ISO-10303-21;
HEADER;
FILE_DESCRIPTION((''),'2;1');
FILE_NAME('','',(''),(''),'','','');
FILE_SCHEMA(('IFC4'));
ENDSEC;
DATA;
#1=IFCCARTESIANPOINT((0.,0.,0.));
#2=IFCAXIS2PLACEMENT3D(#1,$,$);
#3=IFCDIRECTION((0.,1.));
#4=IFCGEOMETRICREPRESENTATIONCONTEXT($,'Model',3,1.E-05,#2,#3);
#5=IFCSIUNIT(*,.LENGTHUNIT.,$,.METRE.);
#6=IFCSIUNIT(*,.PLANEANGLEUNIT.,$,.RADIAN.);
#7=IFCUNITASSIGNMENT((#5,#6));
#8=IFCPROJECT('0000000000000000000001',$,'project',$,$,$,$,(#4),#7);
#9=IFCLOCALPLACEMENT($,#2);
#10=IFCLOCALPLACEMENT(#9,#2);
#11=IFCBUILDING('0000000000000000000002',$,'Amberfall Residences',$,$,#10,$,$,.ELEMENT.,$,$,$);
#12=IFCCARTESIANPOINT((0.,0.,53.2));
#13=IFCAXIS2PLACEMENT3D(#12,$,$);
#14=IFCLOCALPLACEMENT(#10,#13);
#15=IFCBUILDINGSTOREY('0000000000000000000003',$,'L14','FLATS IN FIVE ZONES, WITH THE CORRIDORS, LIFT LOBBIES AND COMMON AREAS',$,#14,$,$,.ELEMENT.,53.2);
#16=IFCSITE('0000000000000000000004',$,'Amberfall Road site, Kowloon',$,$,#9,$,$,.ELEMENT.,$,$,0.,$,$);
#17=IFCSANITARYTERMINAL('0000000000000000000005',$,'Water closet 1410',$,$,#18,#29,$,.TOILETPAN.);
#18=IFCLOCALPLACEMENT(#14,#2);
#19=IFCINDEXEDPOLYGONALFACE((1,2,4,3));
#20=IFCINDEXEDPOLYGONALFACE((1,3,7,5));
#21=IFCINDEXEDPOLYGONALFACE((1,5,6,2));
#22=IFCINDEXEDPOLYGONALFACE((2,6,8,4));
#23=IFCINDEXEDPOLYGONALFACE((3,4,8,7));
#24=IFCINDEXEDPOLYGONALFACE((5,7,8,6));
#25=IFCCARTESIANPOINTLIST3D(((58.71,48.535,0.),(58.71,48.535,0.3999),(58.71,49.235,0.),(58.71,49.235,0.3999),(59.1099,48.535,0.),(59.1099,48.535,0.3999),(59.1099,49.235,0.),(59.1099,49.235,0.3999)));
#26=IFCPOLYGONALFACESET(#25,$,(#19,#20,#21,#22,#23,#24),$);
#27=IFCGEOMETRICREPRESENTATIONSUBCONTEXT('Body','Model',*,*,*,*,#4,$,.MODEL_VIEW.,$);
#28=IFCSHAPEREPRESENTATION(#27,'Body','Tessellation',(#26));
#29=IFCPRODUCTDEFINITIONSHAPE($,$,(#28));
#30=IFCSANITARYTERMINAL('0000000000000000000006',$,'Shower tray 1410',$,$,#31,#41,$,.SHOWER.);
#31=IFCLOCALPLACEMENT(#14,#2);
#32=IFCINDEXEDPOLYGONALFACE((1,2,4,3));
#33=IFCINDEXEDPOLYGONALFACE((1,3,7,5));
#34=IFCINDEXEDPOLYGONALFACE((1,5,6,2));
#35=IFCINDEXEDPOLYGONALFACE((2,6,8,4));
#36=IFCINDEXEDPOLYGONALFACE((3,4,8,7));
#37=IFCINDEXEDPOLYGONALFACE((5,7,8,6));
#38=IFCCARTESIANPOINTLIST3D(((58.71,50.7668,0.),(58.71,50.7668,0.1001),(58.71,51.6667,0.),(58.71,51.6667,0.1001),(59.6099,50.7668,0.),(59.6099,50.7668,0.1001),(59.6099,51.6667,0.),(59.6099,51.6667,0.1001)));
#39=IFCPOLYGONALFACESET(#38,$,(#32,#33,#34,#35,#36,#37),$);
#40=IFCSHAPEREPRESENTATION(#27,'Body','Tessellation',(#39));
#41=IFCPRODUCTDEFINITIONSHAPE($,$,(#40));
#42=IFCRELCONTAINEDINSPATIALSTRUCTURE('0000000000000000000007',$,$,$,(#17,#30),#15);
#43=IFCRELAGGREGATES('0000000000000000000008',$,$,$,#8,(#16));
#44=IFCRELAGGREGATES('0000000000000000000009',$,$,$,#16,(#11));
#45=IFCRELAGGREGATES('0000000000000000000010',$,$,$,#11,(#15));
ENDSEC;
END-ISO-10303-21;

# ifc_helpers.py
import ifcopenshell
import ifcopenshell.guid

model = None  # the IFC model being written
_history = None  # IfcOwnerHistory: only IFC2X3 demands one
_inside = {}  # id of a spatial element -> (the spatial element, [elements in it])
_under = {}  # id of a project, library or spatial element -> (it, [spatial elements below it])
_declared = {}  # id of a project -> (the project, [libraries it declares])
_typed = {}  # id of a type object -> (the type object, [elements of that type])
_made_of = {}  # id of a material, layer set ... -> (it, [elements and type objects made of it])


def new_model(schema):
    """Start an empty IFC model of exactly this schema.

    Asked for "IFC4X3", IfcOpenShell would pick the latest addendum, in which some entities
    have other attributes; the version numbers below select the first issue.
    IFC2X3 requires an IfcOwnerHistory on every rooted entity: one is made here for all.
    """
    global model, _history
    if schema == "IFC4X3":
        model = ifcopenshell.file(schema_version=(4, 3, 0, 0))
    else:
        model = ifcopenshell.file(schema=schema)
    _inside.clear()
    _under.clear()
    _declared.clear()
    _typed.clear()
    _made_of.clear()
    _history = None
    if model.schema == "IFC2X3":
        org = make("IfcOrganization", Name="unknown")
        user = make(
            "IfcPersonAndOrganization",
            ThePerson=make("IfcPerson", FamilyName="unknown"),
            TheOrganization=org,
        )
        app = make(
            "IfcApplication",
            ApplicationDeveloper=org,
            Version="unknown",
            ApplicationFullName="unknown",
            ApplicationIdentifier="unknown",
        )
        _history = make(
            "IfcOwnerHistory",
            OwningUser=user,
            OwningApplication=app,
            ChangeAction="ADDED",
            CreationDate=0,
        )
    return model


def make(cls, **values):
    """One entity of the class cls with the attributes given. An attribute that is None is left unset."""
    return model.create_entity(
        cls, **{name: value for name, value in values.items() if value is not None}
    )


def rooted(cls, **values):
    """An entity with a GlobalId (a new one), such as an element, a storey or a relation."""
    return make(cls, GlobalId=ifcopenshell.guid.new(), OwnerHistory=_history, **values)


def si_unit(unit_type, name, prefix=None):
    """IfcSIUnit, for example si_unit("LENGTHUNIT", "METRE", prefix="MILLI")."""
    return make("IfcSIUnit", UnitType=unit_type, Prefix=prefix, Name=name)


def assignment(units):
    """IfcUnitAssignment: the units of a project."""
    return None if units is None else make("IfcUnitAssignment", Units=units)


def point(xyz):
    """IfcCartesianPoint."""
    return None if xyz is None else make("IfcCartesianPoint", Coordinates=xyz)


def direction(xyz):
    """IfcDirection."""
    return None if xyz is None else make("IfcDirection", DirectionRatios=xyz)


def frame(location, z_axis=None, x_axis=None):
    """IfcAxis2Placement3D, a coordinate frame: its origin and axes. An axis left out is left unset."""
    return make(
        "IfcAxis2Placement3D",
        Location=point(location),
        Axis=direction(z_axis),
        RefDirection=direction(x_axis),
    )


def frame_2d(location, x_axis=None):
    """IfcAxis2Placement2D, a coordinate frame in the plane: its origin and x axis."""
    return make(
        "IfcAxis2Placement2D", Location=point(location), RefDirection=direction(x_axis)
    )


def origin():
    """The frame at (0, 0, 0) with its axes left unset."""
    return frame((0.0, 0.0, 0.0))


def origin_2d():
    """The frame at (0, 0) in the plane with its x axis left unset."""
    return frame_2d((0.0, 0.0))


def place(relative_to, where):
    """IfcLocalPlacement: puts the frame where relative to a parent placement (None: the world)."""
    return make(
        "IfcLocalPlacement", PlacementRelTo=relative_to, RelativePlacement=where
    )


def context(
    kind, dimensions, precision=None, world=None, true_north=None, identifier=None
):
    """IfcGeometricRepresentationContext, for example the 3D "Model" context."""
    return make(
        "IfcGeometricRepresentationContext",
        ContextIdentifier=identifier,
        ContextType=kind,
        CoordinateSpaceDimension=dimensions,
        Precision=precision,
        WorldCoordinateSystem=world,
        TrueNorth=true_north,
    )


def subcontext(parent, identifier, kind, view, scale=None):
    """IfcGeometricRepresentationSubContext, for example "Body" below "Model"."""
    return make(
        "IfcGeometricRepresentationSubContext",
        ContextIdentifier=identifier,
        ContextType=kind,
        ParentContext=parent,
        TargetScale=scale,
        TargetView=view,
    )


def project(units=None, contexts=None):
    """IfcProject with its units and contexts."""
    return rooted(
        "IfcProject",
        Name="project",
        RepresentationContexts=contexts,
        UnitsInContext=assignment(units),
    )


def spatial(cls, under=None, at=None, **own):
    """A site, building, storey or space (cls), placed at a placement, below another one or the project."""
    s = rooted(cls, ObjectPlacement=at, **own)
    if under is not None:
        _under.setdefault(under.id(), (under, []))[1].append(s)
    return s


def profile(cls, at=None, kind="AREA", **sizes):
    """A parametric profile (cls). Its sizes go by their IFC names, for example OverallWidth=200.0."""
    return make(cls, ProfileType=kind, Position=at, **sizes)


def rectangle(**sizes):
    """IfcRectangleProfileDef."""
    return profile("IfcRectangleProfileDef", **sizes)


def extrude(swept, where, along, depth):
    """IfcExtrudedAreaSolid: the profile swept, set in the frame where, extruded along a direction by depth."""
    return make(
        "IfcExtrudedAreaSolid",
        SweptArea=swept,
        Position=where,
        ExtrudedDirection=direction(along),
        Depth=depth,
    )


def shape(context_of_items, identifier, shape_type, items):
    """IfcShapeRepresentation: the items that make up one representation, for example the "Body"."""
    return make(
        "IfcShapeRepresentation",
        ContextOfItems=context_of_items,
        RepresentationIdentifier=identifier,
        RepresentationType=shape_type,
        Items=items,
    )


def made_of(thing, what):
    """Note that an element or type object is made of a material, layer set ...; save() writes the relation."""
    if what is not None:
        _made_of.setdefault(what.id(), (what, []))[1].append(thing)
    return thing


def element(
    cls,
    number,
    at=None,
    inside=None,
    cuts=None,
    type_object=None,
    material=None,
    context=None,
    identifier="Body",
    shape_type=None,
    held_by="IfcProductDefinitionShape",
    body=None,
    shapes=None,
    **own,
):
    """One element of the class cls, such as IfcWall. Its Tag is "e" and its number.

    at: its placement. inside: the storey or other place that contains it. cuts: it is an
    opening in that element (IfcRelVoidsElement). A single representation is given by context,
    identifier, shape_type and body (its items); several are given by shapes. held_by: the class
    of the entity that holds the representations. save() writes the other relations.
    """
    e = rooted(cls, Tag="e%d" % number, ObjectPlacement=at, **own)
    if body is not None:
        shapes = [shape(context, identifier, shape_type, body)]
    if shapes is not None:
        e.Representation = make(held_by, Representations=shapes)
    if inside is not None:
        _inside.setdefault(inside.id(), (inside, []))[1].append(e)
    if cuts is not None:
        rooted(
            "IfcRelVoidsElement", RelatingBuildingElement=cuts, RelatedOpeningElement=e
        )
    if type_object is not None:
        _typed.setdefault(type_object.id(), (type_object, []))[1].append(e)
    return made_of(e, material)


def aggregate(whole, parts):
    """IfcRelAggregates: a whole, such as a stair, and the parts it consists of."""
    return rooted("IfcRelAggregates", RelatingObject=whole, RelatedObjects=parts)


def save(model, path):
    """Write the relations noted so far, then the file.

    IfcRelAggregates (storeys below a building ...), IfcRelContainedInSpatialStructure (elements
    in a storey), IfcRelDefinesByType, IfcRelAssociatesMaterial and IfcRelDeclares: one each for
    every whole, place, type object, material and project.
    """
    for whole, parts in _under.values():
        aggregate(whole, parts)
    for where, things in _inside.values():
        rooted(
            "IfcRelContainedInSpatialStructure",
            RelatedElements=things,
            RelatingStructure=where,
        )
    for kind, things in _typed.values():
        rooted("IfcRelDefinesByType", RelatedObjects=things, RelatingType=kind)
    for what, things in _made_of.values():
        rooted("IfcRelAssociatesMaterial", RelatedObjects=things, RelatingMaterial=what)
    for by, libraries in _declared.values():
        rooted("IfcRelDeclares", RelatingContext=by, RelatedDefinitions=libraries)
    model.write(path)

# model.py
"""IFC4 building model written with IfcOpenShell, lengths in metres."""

from ifc_helpers import new_model, si_unit, direction, frame, origin, origin_2d, place, context, subcontext, project, spatial, rectangle, extrude, element, save


model = new_model("IFC4")

# Units and contexts
model_context = context("Model", 3, precision=1e-05, world=origin(), true_north=direction((0.0, 1.0)))
body_context = subcontext(model_context, "Body", "Model", "MODEL_VIEW")
ifc_project = project(units=[si_unit("LENGTHUNIT", "METRE"), si_unit("PLANEANGLEUNIT", "RADIAN")], contexts=[model_context])

# Site, building, storey
site_placement = place(None, origin())
site = spatial("IfcSite", under=ifc_project, at=site_placement, Name="Amberfall Road site, Kowloon", CompositionType="ELEMENT", RefElevation=0.0)
building_placement = place(site_placement, origin())
building = spatial("IfcBuilding", under=site, at=building_placement, Name="Amberfall Residences", CompositionType="ELEMENT")
storey_placement = place(building_placement, frame((0.0, 0.0, 53.2)))
storey = spatial("IfcBuildingStorey", under=building, at=storey_placement, Name="L14", Description="FLATS IN FIVE ZONES, WITH THE CORRIDORS, LIFT LOBBIES AND COMMON AREAS", CompositionType="ELEMENT", Elevation=53.2)

# Sanitary terminals
sanitary_terminal_1_placement = place(storey_placement, frame((58.9099, 48.885, 0.0), z_axis=(0.0, 0.0, 1.0), x_axis=(1.0, 0.0, 0.0)))
element("IfcSanitaryTerminal", 1, at=sanitary_terminal_1_placement, inside=storey, Name="Water closet 1410", PredefinedType="TOILETPAN", context=body_context, shape_type="SweptSolid", body=[
    extrude(rectangle(XDim=0.3999, YDim=0.7, at=origin_2d()), origin(), (0.0, 0.0, 1.0), 0.3999),
])
sanitary_terminal_2_placement = place(storey_placement, frame((59.1599, 51.2168, 0.0), z_axis=(0.0, 0.0, 1.0), x_axis=(1.0, 0.0, 0.0)))
element("IfcSanitaryTerminal", 2, at=sanitary_terminal_2_placement, inside=storey, Name="Shower tray 1410", PredefinedType="SHOWER", context=body_context, shape_type="SweptSolid", body=[
    extrude(rectangle(XDim=0.8999, YDim=0.8999, at=origin_2d()), origin(), (0.0, 0.0, 1.0), 0.1001),
])

save(model, "model.ifc")
